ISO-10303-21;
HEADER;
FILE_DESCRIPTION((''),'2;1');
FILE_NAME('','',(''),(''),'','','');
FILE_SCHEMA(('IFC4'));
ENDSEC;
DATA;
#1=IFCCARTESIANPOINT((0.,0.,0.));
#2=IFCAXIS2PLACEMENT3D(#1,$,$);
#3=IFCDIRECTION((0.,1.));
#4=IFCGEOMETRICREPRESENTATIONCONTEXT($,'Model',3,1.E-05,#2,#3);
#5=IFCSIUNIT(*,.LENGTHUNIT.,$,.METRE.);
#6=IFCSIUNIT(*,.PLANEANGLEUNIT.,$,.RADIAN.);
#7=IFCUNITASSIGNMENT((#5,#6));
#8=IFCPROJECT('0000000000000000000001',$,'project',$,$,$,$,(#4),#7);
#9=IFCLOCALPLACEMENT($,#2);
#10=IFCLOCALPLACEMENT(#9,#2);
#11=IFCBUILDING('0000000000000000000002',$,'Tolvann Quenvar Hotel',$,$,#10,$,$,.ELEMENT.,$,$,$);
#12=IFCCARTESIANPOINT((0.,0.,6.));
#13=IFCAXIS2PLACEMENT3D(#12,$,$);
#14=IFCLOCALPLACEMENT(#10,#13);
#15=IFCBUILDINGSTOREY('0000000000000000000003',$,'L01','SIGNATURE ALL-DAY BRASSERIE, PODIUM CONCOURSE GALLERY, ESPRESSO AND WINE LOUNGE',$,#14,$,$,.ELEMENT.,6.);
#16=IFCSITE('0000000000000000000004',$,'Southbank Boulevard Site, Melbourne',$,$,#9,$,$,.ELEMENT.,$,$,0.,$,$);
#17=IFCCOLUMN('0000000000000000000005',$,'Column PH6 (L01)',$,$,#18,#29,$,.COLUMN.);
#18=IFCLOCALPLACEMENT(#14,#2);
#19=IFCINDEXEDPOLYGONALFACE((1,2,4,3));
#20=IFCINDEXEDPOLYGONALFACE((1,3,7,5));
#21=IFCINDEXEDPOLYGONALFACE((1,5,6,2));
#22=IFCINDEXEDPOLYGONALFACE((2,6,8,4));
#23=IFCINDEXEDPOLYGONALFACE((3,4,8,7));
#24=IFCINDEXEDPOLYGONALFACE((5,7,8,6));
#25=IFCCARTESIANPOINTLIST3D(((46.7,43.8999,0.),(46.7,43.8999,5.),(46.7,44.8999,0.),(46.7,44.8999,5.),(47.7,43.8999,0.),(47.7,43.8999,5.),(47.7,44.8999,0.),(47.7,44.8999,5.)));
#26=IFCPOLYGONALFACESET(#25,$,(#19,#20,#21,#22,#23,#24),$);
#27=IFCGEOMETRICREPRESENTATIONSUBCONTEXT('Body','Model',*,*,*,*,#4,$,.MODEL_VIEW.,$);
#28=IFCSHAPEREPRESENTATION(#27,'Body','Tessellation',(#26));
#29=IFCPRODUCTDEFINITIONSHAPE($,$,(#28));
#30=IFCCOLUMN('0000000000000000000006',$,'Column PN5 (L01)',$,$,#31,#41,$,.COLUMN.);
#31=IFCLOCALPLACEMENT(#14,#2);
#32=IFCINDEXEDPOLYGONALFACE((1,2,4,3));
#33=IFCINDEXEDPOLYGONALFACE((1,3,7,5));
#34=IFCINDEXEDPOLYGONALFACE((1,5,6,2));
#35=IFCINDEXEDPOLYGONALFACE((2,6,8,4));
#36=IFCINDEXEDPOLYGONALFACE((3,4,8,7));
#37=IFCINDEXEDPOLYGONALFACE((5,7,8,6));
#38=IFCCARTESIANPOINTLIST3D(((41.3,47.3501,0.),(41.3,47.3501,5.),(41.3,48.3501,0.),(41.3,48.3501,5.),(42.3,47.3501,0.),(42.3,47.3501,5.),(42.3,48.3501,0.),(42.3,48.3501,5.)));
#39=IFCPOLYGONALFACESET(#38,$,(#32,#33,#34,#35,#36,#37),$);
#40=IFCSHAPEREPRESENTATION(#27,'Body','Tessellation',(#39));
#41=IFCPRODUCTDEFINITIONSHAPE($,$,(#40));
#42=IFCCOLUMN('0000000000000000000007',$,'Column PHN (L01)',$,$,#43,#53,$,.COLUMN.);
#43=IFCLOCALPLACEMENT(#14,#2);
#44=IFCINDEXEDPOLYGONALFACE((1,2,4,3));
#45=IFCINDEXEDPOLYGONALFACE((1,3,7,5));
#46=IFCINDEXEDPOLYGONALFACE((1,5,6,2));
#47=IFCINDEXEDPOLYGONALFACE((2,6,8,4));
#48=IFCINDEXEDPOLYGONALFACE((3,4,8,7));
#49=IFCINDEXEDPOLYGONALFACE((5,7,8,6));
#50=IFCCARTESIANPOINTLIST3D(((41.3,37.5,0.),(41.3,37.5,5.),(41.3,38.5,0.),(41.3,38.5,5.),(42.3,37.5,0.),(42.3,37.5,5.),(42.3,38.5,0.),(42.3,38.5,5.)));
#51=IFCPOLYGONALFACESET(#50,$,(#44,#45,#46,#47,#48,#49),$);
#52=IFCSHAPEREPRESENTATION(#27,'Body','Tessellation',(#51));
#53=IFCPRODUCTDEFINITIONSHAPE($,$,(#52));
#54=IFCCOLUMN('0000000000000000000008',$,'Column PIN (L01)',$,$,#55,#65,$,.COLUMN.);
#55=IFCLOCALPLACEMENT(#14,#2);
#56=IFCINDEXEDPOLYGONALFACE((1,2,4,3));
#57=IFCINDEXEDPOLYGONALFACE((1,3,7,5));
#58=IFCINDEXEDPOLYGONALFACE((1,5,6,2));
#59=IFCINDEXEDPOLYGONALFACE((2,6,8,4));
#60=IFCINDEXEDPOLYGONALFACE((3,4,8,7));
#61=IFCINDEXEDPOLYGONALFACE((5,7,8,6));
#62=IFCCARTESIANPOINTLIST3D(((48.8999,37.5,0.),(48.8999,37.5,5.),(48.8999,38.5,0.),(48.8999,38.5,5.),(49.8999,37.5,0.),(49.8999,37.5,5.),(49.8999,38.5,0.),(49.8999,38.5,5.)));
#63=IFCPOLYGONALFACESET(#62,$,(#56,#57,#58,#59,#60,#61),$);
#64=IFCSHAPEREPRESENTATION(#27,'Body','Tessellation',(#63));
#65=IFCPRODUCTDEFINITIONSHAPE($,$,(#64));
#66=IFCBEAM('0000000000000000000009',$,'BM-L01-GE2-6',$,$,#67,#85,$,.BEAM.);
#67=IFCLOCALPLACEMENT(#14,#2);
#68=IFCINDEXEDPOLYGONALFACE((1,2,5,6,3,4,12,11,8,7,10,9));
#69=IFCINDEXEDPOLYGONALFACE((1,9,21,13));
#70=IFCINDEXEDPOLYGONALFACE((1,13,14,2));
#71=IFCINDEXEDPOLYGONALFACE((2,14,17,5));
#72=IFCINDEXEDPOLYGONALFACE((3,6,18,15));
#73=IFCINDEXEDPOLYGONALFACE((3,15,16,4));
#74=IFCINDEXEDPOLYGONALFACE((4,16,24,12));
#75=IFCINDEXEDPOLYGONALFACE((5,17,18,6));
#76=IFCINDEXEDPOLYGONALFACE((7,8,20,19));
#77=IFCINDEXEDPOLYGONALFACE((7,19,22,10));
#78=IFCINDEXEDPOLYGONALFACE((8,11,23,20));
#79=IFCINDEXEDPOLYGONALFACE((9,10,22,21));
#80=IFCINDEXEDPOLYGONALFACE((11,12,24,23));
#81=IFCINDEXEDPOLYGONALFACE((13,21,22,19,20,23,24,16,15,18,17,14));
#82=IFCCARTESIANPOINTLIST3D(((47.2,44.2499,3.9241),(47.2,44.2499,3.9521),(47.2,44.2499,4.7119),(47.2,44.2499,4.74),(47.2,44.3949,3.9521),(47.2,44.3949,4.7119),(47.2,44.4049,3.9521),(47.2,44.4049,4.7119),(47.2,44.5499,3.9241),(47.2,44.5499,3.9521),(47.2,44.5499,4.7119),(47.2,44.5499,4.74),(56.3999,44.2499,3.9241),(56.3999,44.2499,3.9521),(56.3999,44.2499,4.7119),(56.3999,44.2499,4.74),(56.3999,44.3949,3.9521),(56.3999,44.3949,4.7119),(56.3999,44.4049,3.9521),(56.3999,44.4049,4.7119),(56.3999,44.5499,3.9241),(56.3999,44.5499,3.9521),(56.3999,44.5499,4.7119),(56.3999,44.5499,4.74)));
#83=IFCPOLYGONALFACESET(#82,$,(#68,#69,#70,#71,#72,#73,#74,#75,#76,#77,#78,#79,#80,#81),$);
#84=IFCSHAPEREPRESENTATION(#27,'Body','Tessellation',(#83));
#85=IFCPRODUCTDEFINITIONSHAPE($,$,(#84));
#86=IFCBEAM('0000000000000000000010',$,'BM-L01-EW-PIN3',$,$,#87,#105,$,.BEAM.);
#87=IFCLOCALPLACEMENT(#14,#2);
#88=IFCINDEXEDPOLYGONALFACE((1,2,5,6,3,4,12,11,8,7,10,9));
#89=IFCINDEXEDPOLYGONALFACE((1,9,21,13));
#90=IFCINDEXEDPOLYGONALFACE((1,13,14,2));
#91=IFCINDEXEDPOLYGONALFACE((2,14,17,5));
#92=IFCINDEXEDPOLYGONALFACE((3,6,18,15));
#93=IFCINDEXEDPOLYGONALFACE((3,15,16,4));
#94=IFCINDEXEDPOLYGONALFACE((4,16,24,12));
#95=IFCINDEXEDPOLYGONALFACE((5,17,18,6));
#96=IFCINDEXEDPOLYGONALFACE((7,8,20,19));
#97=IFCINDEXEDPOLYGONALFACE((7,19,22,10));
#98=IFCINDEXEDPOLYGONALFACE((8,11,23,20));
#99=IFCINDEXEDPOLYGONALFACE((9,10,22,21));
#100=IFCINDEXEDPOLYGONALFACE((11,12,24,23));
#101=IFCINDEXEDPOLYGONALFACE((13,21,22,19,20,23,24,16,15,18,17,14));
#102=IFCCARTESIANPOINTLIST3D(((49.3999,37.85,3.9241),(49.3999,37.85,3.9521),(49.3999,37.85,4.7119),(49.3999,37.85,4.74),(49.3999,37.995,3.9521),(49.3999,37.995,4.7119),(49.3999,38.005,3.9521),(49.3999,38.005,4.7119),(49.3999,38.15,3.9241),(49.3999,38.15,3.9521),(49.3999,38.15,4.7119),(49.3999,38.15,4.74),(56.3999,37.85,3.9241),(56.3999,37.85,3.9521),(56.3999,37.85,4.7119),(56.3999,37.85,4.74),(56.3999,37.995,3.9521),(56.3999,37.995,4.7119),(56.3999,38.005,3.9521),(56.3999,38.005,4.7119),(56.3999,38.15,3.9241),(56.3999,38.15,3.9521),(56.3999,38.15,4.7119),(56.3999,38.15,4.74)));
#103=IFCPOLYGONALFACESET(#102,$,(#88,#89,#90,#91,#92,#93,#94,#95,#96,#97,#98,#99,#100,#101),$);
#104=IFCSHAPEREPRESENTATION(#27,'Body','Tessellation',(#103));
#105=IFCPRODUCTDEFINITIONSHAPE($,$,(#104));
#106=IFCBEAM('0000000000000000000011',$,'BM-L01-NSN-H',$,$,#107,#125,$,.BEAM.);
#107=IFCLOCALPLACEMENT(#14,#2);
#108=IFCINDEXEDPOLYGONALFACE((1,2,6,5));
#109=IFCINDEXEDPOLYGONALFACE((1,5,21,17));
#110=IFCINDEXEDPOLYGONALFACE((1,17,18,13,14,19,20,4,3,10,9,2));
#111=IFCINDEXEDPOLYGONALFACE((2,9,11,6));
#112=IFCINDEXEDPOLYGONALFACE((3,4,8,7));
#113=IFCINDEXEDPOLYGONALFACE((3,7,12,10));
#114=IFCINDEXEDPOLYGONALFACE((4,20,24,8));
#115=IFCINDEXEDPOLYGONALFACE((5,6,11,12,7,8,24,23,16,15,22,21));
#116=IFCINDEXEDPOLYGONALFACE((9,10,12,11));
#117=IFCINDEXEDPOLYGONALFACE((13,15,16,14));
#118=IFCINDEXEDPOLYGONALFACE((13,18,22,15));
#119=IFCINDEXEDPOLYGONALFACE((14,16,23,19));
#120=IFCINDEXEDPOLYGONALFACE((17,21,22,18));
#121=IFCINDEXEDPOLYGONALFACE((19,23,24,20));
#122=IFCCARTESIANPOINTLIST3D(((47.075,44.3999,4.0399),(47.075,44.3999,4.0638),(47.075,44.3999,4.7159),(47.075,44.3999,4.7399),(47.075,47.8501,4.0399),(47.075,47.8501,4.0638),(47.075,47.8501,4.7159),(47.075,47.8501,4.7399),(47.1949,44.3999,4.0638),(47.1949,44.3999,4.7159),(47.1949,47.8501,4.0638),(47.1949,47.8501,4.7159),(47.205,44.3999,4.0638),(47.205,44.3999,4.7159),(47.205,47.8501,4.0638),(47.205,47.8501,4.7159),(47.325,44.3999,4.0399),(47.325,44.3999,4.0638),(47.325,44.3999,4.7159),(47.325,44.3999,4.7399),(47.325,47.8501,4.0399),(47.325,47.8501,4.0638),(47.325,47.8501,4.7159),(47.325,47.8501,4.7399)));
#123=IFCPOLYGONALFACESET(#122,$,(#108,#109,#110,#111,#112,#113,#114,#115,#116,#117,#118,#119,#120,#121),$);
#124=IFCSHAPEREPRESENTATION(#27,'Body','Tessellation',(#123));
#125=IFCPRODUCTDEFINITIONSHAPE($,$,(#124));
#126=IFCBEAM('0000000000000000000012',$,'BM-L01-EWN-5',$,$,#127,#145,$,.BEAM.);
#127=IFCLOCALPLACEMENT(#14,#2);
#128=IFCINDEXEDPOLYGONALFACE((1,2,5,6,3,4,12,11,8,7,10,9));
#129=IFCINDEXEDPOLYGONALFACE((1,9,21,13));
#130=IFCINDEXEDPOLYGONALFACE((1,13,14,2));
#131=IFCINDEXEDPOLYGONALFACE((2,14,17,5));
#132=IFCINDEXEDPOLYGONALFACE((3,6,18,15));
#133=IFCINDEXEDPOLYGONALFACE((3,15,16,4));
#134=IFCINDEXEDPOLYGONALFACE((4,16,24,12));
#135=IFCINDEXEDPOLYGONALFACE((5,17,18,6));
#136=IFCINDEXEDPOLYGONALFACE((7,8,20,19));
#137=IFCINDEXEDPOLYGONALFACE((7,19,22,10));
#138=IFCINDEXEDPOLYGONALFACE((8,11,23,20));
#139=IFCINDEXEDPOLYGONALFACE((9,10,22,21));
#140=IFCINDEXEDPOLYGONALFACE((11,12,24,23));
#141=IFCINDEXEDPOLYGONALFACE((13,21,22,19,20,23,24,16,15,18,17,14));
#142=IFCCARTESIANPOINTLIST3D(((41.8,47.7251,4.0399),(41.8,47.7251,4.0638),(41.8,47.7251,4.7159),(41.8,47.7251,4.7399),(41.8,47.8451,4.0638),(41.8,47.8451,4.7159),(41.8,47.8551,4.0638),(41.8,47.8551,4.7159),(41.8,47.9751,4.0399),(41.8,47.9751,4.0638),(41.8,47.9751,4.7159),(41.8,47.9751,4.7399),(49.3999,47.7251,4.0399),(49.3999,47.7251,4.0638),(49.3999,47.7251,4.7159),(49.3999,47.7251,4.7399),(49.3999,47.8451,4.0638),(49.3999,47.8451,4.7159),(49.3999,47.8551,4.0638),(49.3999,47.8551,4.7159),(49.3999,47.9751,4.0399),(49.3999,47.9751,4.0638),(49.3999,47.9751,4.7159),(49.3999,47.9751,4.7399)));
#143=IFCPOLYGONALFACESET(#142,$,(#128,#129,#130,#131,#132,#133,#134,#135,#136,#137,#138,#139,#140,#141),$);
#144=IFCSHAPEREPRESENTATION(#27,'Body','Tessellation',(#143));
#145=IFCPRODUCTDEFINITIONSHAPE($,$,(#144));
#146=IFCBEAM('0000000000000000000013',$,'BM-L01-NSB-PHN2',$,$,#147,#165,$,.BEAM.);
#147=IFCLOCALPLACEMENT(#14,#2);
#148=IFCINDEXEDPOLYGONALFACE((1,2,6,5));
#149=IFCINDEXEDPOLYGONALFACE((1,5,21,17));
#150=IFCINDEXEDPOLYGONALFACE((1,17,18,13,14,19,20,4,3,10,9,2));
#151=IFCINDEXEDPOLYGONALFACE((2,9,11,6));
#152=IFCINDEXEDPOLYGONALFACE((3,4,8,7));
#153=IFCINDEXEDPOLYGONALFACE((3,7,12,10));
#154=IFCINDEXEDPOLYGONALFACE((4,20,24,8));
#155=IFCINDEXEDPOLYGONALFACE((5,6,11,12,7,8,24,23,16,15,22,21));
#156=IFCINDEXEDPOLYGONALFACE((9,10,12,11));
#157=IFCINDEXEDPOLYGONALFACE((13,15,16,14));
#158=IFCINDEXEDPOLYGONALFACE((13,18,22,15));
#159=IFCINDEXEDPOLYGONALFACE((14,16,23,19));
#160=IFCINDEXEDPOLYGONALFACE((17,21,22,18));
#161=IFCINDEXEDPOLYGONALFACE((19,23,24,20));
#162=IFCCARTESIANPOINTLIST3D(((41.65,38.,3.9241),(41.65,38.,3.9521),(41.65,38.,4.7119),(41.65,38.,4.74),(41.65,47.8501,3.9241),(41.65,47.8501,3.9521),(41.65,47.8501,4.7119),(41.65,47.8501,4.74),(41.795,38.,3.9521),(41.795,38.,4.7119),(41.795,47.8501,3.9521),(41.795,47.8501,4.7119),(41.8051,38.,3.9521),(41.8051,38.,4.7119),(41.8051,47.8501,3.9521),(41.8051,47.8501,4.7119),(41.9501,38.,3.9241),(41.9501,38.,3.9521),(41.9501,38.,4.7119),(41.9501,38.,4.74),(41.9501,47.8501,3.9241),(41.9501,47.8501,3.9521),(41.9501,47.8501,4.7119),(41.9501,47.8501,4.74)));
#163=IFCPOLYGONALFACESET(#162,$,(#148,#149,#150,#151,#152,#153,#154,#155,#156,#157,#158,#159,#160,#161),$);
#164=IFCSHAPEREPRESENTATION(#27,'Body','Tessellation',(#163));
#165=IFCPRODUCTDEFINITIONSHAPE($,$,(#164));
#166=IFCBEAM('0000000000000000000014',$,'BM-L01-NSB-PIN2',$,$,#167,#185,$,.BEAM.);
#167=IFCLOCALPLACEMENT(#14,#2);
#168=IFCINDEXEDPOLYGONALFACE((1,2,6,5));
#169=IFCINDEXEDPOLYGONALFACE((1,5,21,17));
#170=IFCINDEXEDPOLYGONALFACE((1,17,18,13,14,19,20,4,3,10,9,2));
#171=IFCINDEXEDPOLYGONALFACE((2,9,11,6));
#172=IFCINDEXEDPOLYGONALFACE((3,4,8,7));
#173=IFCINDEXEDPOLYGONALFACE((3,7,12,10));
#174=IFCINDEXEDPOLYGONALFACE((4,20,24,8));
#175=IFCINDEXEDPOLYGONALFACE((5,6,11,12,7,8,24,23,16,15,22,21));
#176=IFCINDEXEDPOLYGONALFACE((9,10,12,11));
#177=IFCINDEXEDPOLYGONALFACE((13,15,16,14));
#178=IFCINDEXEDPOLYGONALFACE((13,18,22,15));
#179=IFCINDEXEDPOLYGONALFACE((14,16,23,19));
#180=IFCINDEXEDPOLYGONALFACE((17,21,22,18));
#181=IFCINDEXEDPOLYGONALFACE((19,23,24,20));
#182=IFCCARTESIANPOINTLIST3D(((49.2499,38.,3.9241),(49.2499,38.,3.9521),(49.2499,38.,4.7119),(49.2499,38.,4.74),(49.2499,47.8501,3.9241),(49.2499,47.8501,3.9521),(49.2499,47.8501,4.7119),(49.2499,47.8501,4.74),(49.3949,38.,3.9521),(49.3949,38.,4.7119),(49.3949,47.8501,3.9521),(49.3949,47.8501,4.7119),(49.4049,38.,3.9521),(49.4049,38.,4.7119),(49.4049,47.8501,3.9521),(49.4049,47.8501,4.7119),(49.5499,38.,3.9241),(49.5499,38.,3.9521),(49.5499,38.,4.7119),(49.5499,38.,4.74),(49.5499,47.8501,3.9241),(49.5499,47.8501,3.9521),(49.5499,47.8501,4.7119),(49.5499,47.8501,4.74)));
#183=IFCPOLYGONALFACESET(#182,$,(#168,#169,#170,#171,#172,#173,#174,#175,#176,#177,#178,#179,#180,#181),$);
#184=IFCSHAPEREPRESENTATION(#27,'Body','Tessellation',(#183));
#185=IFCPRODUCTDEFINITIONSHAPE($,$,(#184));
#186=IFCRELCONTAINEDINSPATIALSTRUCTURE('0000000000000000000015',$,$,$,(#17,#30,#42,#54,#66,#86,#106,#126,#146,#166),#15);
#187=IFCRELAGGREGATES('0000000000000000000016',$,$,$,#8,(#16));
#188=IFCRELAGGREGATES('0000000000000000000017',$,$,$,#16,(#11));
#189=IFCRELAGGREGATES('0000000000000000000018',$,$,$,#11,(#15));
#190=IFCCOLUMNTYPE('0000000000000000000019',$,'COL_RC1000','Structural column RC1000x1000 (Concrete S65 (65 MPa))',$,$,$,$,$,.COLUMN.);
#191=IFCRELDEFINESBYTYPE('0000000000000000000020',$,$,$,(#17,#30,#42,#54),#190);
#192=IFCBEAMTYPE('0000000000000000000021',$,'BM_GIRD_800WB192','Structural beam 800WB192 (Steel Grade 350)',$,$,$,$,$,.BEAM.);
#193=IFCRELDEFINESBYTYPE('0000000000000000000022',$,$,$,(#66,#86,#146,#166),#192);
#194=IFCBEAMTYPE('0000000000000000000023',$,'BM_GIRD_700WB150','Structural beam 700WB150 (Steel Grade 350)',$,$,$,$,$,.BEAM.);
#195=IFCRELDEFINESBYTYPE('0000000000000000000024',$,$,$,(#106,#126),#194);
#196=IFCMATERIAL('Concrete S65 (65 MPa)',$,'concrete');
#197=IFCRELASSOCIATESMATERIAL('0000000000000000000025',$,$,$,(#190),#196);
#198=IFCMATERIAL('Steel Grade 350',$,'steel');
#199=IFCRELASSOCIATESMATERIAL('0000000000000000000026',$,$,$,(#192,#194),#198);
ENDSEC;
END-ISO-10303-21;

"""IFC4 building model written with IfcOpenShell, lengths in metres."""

from ifc_helpers import new_model, si_unit, direction, frame, origin, origin_2d, place, context, subcontext, project, spatial, rectangle, i_section, extrude, source, transform, mapped, material, material_profile, profile_set, type_object, type_shapes, element, save


model = new_model("IFC4")

# Units and contexts
model_context = context("Model", 3, precision=1e-05, world=origin(), true_north=direction((0.0, 1.0)))
body_context = subcontext(model_context, "Body", "Model", "MODEL_VIEW")
ifc_project = project(units=[si_unit("LENGTHUNIT", "METRE"), si_unit("PLANEANGLEUNIT", "RADIAN")], contexts=[model_context])

# Site, building, storey
site_placement = place(None, origin())
site = spatial("IfcSite", under=ifc_project, at=site_placement, Name="Southbank Boulevard Site, Melbourne", CompositionType="ELEMENT", RefElevation=0.0)
building_placement = place(site_placement, origin())
building = spatial("IfcBuilding", under=site, at=building_placement, Name="Tolvann Quenvar Hotel", CompositionType="ELEMENT")
storey_placement = place(building_placement, frame((0.0, 0.0, 6.0)))
storey = spatial("IfcBuildingStorey", under=building, at=storey_placement, Name="L01", Description="SIGNATURE ALL-DAY BRASSERIE, PODIUM CONCOURSE GALLERY, ESPRESSO AND WINE LOUNGE", CompositionType="ELEMENT", Elevation=6.0)

# Columns
ifc_material_1 = material(Name="Concrete S65 (65 MPa)", Category="concrete")
ifc_material_profile_1 = material_profile(ifc_material_1, rectangle(XDim=1.0, YDim=1.0, at=origin_2d()), Name="RC1000x1000")
ifc_profile_set_1 = profile_set([ifc_material_profile_1], Name="Concrete S65 (65 MPa)")
column_type = type_object("IfcColumnType", Name="COL_RC1000", Description="Structural column RC1000x1000 (Concrete S65 (65 MPa))", PredefinedType="COLUMN", material=ifc_profile_set_1)
shared_shape_1 = source(origin(), body_context, "Body", "SweptSolid", [
    extrude(rectangle(XDim=1.0, YDim=1.0, at=origin_2d()), origin(), (0.0, 0.0, 1.0), 5.0),
])
type_shapes(column_type, [shared_shape_1])
for number, where, z_axis, x_axis, name in (
    (1, (47.2, 44.3999, 0.0), (0.0, 0.0, 1.0), (1.0, 0.0, 0.0), "Column PH6 (L01)"),
    (2, (41.8, 47.8501, 0.0), (0.0, 0.0, 1.0), (1.0, 0.0, 0.0), "Column PN5 (L01)"),
    (3, (41.8, 38.0, 0.0), (0.0, 0.0, 1.0), (1.0, 0.0, 0.0), "Column PHN (L01)"),
    (4, (49.3999, 38.0, 0.0), (0.0, 0.0, 1.0), (1.0, 0.0, 0.0), "Column PIN (L01)"),
):
    element("IfcColumn", number, at=place(storey_placement, frame(where, z_axis=z_axis, x_axis=x_axis)), inside=storey, type_object=column_type, Name=name, PredefinedType="COLUMN", context=body_context, shape_type="MappedRepresentation", body=[
        mapped(shared_shape_1, transform((0.0, 0.0, 0.0), x_axis=(1.0, 0.0, 0.0), y_axis=(0.0, 1.0, 0.0), z_axis=(0.0, 0.0, 1.0), scale=1.0)),
    ])

# Beams
ifc_material_2 = material(Name="Steel Grade 350", Category="steel")
ifc_material_profile_2 = material_profile(ifc_material_2, i_section(OverallWidth=0.3, OverallDepth=0.8159, WebThickness=0.01, FlangeThickness=0.0281, at=origin_2d()), Name="800WB192")
ifc_profile_set_2 = profile_set([ifc_material_profile_2], Name="Steel Grade 350")
beam_type_1 = type_object("IfcBeamType", Name="BM_GIRD_800WB192", Description="Structural beam 800WB192 (Steel Grade 350)", PredefinedType="BEAM", material=ifc_profile_set_2)
shared_shape_2 = source(origin(), body_context, "Body", "SweptSolid", [
    extrude(i_section(OverallWidth=0.3, OverallDepth=0.8159, WebThickness=0.01, FlangeThickness=0.0281, at=origin_2d()), origin(), (0.0, 0.0, 1.0), 9.2),
])
beam_1_placement = place(storey_placement, frame((47.2, 44.3999, 4.332), z_axis=(1.0, 0.0, 0.0), x_axis=(0.0, 1.0, 0.0)))
element("IfcBeam", 5, at=beam_1_placement, inside=storey, type_object=beam_type_1, Name="BM-L01-GE2-6", PredefinedType="BEAM", context=body_context, shape_type="MappedRepresentation", body=[
    mapped(shared_shape_2, transform((0.0, 0.0, 0.0), x_axis=(1.0, 0.0, 0.0), y_axis=(0.0, 1.0, 0.0), z_axis=(0.0, 0.0, 1.0), scale=1.0)),
])
shared_shape_3 = source(origin(), body_context, "Body", "SweptSolid", [
    extrude(i_section(OverallWidth=0.3, OverallDepth=0.8159, WebThickness=0.01, FlangeThickness=0.0281, at=origin_2d()), origin(), (0.0, 0.0, 1.0), 7.0),
])
beam_2_placement = place(storey_placement, frame((49.3999, 38.0, 4.332), z_axis=(1.0, 0.0, 0.0), x_axis=(0.0, 1.0, 0.0)))
element("IfcBeam", 6, at=beam_2_placement, inside=storey, type_object=beam_type_1, Name="BM-L01-EW-PIN3", PredefinedType="BEAM", context=body_context, shape_type="MappedRepresentation", body=[
    mapped(shared_shape_3, transform((0.0, 0.0, 0.0), x_axis=(1.0, 0.0, 0.0), y_axis=(0.0, 1.0, 0.0), z_axis=(0.0, 0.0, 1.0), scale=1.0)),
])
ifc_material_profile_3 = material_profile(ifc_material_2, i_section(OverallWidth=0.25, OverallDepth=0.7, WebThickness=0.01, FlangeThickness=0.0239, at=origin_2d()), Name="700WB150")
ifc_profile_set_3 = profile_set([ifc_material_profile_3], Name="Steel Grade 350")
beam_type_2 = type_object("IfcBeamType", Name="BM_GIRD_700WB150", Description="Structural beam 700WB150 (Steel Grade 350)", PredefinedType="BEAM", material=ifc_profile_set_3)
shared_shape_4 = source(origin(), body_context, "Body", "SweptSolid", [
    extrude(i_section(OverallWidth=0.25, OverallDepth=0.7, WebThickness=0.01, FlangeThickness=0.0239, at=origin_2d()), origin(), (0.0, 0.0, 1.0), 3.4502),
])
beam_3_placement = place(storey_placement, frame((47.2, 44.3999, 4.3899), z_axis=(0.0, 1.0, 0.0), x_axis=(-1.0, 0.0, 0.0)))
element("IfcBeam", 7, at=beam_3_placement, inside=storey, type_object=beam_type_2, Name="BM-L01-NSN-H", PredefinedType="BEAM", context=body_context, shape_type="MappedRepresentation", body=[
    mapped(shared_shape_4, transform((0.0, 0.0, 0.0), x_axis=(1.0, 0.0, 0.0), y_axis=(0.0, 1.0, 0.0), z_axis=(0.0, 0.0, 1.0), scale=1.0)),
])
shared_shape_5 = source(origin(), body_context, "Body", "SweptSolid", [
    extrude(i_section(OverallWidth=0.25, OverallDepth=0.7, WebThickness=0.01, FlangeThickness=0.0239, at=origin_2d()), origin(), (0.0, 0.0, 1.0), 7.5999),
])
type_shapes(beam_type_2, [shared_shape_4, shared_shape_5])
beam_4_placement = place(storey_placement, frame((41.8, 47.8501, 4.3899), z_axis=(1.0, 0.0, 0.0), x_axis=(0.0, 1.0, 0.0)))
element("IfcBeam", 8, at=beam_4_placement, inside=storey, type_object=beam_type_2, Name="BM-L01-EWN-5", PredefinedType="BEAM", context=body_context, shape_type="MappedRepresentation", body=[
    mapped(shared_shape_5, transform((0.0, 0.0, 0.0), x_axis=(1.0, 0.0, 0.0), y_axis=(0.0, 1.0, 0.0), z_axis=(0.0, 0.0, 1.0), scale=1.0)),
])
shared_shape_6 = source(origin(), body_context, "Body", "SweptSolid", [
    extrude(i_section(OverallWidth=0.3, OverallDepth=0.8159, WebThickness=0.01, FlangeThickness=0.0281, at=origin_2d()), origin(), (0.0, 0.0, 1.0), 9.8501),
])
for number, where, z_axis, x_axis, name in (
    (9, (41.8, 38.0, 4.332), (0.0, 1.0, 0.0), (-1.0, 0.0, 0.0), "BM-L01-NSB-PHN2"),
    (10, (49.3999, 38.0, 4.332), (0.0, 1.0, 0.0), (-1.0, 0.0, 0.0), "BM-L01-NSB-PIN2"),
):
    element("IfcBeam", number, at=place(storey_placement, frame(where, z_axis=z_axis, x_axis=x_axis)), inside=storey, type_object=beam_type_1, Name=name, PredefinedType="BEAM", context=body_context, shape_type="MappedRepresentation", body=[
        mapped(shared_shape_6, transform((0.0, 0.0, 0.0), x_axis=(1.0, 0.0, 0.0), y_axis=(0.0, 1.0, 0.0), z_axis=(0.0, 0.0, 1.0), scale=1.0)),
    ])

save(model, "model.ifc")
